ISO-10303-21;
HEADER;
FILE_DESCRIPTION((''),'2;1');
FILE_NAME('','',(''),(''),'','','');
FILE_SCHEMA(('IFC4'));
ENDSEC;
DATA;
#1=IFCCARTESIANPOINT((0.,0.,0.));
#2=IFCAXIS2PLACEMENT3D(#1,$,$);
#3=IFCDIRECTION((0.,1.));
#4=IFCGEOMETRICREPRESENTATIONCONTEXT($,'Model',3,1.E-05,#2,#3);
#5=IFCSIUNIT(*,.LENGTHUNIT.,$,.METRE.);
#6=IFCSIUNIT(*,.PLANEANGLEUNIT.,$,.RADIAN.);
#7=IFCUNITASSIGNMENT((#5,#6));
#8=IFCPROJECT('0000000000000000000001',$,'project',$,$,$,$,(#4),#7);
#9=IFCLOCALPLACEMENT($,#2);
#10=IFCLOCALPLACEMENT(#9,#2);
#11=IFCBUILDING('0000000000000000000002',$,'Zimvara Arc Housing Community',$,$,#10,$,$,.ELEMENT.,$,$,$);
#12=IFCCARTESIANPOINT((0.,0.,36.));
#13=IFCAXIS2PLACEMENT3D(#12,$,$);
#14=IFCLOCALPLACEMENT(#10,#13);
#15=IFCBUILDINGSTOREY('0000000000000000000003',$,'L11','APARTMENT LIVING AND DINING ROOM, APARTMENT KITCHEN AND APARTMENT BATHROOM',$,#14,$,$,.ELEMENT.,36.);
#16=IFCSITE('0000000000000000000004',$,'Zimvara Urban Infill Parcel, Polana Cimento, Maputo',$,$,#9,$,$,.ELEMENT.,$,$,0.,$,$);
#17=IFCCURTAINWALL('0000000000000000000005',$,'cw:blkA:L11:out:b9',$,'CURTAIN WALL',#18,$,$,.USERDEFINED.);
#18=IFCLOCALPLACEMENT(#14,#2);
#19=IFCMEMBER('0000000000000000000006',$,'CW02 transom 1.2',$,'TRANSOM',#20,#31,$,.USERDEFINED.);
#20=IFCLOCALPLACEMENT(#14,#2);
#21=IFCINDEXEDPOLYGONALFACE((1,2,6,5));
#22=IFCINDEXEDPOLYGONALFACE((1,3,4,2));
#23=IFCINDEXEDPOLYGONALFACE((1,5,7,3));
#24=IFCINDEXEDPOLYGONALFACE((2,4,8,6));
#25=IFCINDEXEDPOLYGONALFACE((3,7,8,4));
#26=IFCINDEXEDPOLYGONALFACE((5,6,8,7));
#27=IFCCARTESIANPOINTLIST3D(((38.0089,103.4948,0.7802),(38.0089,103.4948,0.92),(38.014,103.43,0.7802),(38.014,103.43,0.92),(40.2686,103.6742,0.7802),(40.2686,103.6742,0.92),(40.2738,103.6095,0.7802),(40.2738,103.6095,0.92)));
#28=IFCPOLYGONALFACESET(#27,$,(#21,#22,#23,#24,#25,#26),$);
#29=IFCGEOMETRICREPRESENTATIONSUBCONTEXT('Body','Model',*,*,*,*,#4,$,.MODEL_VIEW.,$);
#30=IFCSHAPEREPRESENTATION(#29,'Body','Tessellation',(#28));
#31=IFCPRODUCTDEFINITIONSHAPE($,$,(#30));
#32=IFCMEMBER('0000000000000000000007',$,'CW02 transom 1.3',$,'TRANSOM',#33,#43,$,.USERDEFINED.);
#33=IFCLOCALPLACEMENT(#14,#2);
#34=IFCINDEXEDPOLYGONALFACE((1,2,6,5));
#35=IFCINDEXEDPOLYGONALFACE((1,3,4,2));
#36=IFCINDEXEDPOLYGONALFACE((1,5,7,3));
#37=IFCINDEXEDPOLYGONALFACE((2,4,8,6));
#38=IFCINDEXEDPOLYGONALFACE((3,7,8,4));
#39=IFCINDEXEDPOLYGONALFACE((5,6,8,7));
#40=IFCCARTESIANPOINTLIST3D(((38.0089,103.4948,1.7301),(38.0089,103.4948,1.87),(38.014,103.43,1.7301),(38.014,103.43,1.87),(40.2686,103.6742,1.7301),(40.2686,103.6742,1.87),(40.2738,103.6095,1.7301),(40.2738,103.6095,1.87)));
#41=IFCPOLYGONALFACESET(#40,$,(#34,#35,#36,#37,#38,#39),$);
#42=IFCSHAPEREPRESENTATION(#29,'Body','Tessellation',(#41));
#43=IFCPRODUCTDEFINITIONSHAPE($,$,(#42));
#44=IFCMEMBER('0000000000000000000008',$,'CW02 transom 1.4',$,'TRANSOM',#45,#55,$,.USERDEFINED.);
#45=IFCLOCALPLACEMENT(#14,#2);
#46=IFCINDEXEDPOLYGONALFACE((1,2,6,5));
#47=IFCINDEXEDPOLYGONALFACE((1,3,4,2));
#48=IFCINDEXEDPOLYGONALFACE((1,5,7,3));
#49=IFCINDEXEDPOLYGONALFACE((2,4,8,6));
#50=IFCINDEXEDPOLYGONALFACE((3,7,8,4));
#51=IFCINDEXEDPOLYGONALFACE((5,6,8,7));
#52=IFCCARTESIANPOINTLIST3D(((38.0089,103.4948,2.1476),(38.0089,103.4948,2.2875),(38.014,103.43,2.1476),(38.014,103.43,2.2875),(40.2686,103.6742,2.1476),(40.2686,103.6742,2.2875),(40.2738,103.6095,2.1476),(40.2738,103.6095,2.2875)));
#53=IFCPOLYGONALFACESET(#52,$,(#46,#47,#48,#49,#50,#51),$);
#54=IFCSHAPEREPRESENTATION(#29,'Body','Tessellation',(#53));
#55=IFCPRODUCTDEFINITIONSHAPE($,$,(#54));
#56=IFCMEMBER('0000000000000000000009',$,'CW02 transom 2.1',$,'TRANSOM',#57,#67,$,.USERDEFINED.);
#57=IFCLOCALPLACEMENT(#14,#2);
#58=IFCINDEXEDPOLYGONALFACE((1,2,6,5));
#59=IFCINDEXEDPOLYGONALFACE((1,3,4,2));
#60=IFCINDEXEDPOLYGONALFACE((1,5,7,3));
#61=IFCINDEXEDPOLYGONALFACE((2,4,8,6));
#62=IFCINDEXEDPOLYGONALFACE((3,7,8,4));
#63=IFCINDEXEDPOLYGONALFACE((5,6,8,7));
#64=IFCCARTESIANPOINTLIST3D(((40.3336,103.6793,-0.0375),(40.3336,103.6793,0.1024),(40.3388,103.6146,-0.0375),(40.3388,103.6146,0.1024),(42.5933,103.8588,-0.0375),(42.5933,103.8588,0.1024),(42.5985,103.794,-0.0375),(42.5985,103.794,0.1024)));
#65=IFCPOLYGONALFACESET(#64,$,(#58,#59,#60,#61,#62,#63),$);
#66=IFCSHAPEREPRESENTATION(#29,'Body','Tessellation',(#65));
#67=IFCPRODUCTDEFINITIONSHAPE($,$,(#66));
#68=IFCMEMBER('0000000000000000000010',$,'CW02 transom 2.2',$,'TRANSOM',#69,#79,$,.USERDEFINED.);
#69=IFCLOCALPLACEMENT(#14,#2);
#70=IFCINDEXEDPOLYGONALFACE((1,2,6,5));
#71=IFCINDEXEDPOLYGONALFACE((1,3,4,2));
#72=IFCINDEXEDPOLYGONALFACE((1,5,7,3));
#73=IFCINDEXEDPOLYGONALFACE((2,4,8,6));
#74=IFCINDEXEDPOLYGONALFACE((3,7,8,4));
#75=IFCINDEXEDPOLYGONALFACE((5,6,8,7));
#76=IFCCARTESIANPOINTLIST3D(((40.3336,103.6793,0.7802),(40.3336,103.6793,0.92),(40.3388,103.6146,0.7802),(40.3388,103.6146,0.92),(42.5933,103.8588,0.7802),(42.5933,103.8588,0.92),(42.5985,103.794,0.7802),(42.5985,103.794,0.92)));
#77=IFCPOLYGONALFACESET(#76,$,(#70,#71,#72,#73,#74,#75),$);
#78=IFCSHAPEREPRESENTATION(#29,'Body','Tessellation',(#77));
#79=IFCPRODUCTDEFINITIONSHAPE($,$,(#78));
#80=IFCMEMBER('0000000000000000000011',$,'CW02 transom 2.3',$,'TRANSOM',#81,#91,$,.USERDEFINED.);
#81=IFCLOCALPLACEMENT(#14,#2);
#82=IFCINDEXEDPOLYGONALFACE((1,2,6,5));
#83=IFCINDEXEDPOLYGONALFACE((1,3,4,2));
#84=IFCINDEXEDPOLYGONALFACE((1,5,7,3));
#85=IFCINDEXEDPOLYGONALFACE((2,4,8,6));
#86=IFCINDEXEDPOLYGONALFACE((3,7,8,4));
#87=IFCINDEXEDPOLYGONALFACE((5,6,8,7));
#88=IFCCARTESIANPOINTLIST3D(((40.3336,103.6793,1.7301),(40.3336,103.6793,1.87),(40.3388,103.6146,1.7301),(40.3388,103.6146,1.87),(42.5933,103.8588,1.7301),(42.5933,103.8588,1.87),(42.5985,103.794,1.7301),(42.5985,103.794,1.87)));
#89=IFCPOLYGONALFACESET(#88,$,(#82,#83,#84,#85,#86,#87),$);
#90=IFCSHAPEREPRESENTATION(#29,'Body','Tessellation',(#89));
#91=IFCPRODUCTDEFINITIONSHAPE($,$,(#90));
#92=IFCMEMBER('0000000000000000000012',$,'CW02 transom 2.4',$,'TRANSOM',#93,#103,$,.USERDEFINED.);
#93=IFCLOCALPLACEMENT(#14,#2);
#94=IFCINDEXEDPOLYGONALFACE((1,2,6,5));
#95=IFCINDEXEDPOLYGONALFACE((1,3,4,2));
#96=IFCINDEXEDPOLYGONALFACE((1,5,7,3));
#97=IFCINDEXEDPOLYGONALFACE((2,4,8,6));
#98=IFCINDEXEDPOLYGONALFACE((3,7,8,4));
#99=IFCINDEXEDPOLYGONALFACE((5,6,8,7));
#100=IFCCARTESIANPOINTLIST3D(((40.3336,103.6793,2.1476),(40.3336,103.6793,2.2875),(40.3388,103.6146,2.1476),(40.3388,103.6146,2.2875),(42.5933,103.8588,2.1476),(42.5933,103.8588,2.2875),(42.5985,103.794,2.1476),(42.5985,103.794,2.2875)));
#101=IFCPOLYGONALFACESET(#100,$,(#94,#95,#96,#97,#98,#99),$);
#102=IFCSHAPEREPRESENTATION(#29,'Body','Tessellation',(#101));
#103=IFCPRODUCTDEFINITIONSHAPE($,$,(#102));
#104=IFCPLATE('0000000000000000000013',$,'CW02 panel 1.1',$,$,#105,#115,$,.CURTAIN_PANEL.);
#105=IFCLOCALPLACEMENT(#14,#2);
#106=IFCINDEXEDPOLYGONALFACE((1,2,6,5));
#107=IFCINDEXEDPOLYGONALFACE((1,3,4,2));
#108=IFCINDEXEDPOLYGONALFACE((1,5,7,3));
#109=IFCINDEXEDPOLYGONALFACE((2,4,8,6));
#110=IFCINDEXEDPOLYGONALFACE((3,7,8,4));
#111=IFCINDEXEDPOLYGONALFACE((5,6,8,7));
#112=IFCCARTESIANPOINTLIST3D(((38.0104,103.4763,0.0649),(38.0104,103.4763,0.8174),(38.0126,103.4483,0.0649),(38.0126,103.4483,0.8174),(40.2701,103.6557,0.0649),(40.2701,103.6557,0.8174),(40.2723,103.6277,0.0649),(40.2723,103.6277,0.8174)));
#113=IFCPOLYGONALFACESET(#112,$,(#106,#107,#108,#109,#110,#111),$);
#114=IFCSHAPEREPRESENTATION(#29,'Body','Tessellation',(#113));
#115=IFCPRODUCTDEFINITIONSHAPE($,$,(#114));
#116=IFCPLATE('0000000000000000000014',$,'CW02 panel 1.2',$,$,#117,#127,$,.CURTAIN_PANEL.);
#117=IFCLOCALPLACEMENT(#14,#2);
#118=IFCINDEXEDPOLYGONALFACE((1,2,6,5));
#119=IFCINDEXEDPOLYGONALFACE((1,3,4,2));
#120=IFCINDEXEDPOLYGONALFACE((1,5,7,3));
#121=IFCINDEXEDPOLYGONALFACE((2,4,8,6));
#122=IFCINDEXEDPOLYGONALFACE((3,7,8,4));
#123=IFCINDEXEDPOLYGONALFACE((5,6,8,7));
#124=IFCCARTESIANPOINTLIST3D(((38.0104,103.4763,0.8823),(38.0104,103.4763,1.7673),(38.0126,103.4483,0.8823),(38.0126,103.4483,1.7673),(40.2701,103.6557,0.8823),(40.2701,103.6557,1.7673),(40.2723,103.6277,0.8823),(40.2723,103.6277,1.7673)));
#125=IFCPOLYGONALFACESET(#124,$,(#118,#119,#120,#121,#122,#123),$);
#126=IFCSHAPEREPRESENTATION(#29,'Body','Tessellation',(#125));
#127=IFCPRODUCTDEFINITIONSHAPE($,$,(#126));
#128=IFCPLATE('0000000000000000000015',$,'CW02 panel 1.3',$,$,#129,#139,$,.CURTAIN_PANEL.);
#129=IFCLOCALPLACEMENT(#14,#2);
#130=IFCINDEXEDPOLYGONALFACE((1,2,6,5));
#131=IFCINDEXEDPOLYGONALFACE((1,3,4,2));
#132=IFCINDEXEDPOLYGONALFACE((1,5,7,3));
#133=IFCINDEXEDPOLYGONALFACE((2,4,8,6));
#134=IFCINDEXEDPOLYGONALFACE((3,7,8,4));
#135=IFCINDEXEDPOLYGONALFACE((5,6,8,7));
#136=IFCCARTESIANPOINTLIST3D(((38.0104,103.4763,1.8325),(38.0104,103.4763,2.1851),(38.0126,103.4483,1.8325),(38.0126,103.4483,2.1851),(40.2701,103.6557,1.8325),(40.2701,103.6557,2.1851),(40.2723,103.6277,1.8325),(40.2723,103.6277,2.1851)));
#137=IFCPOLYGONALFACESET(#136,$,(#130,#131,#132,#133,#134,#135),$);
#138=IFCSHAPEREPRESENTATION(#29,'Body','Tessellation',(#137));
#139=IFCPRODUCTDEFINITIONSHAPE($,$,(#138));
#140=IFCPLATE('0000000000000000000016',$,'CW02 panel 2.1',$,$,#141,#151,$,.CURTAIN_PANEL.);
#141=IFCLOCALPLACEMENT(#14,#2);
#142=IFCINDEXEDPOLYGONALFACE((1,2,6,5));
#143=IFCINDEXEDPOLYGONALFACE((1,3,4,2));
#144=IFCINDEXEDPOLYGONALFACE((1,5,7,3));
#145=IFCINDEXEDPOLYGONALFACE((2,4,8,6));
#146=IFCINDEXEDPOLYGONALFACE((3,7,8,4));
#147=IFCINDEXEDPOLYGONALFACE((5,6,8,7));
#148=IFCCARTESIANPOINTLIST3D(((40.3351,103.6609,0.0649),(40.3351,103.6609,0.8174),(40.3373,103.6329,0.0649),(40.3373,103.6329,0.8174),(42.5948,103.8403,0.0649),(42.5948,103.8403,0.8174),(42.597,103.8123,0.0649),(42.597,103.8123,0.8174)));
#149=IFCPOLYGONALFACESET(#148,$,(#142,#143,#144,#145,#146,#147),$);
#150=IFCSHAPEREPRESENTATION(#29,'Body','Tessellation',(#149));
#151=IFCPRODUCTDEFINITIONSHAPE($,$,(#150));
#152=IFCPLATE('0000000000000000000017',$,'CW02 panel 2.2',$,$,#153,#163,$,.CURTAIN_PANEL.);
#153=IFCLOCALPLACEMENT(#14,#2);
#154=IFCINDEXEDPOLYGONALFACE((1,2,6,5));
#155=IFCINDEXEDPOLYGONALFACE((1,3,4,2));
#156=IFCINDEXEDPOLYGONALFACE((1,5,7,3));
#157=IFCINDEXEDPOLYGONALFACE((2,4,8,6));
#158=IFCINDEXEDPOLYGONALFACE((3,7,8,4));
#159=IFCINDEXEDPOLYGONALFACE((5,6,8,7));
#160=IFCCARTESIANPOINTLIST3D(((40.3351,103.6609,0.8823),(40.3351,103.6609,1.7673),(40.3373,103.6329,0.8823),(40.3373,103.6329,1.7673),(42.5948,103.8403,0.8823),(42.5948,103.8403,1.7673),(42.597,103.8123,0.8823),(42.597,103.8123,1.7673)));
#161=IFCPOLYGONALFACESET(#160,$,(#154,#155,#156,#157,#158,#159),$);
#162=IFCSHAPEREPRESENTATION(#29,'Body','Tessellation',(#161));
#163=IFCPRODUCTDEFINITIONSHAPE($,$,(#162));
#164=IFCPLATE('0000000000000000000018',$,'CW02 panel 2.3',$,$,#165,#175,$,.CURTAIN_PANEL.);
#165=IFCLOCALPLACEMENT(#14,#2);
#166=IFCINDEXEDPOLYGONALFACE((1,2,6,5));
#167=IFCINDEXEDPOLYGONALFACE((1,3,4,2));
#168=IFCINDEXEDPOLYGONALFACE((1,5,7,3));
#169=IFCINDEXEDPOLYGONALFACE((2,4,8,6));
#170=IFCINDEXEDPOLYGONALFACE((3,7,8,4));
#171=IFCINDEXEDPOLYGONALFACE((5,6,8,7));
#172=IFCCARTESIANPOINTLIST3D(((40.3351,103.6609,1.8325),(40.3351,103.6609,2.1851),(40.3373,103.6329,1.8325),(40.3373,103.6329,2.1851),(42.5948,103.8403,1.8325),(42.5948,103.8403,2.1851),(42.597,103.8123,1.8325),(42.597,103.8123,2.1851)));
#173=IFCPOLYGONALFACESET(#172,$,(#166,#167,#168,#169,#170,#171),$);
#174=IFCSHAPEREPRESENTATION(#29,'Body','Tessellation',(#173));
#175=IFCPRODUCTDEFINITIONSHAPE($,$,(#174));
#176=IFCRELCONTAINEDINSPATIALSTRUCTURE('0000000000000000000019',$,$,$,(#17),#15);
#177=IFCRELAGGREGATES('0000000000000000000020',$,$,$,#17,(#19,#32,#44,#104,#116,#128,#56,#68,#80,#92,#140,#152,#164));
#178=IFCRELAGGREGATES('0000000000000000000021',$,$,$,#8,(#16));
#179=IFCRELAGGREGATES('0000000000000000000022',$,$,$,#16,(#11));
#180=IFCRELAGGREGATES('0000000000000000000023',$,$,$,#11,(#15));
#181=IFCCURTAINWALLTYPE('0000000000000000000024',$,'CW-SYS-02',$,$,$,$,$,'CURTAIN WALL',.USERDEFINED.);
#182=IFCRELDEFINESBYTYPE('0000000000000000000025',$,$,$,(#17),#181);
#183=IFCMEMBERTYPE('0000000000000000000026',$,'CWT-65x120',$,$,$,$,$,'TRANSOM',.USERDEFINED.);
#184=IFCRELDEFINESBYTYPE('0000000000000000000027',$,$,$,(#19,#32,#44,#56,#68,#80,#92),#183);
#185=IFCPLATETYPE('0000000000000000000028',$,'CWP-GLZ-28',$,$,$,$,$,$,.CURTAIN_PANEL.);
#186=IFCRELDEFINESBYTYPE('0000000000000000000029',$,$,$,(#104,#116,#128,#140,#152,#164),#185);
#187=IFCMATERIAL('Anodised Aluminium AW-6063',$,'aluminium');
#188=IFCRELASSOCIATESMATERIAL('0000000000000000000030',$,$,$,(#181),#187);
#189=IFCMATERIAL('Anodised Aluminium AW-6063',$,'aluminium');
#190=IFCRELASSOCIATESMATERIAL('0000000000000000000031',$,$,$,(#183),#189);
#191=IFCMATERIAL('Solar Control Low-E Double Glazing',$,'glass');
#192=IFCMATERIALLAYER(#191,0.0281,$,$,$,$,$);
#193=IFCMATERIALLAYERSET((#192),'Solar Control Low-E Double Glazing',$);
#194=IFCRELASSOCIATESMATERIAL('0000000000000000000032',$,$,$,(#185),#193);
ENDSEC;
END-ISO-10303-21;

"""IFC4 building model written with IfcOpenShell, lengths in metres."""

from ifc_helpers import new_model, si_unit, direction, frame, origin, origin_2d, place, context, subcontext, project, spatial, rectangle, extrude, material, layer, layer_set, material_profile, profile_set, type_object, element, aggregate, save


model = new_model("IFC4")

# Units and contexts
model_context = context("Model", 3, precision=1e-05, world=origin(), true_north=direction((0.0, 1.0)))
body_context = subcontext(model_context, "Body", "Model", "MODEL_VIEW")
ifc_project = project(units=[si_unit("LENGTHUNIT", "METRE"), si_unit("PLANEANGLEUNIT", "RADIAN")], contexts=[model_context])

# Site, building, storey
site_placement = place(None, origin())
site = spatial("IfcSite", under=ifc_project, at=site_placement, Name="Zimvara Urban Infill Parcel, Polana Cimento, Maputo", CompositionType="ELEMENT", RefElevation=0.0)
building_placement = place(site_placement, origin())
building = spatial("IfcBuilding", under=site, at=building_placement, Name="Zimvara Arc Housing Community", CompositionType="ELEMENT")
storey_placement = place(building_placement, frame((0.0, 0.0, 36.0)))
storey = spatial("IfcBuildingStorey", under=building, at=storey_placement, Name="L11", Description="APARTMENT LIVING AND DINING ROOM, APARTMENT KITCHEN AND APARTMENT BATHROOM", CompositionType="ELEMENT", Elevation=36.0)

# Curtain wall, members, plates
ifc_material_1 = material(Name="Anodised Aluminium AW-6063", Category="aluminium")
curtain_wall_type = type_object("IfcCurtainWallType", Name="CW-SYS-02", ElementType="CURTAIN WALL", PredefinedType="USERDEFINED", material=ifc_material_1)
curtain_wall_placement = place(storey_placement, origin())
curtain_wall = element("IfcCurtainWall", 1, at=curtain_wall_placement, inside=storey, type_object=curtain_wall_type, Name="cw:blkA:L11:out:b9", ObjectType="CURTAIN WALL", PredefinedType="USERDEFINED")
ifc_material_2 = material(Name="Anodised Aluminium AW-6063", Category="aluminium")
ifc_material_profile_1 = material_profile(ifc_material_2, rectangle(XDim=0.0649, YDim=0.1399, at=origin_2d()), Name="ALU 65x140")
ifc_profile_set_1 = profile_set([ifc_material_profile_1], Name="Anodised Aluminium AW-6063")
member_type_1 = type_object("IfcMemberType", Name="CWT-65x120", ElementType="TRANSOM", PredefinedType="USERDEFINED", material=ifc_profile_set_1)
member_1_placement = place(storey_placement, frame((38.0115, 103.4624, 0.8501), z_axis=(0.996862, 0.079159, 0.0), x_axis=(-0.079159, 0.996862, 0.0)))
member_1 = element("IfcMember", 2, at=member_1_placement, type_object=member_type_1, Name="CW02 transom 1.2", ObjectType="TRANSOM", PredefinedType="USERDEFINED", context=body_context, shape_type="SweptSolid", body=[
    extrude(rectangle(XDim=0.0649, YDim=0.1399, at=origin_2d()), origin(), (0.0, 0.0, 1.0), 2.2668),
])
member_2_placement = place(storey_placement, frame((38.0115, 103.4624, 1.8), z_axis=(0.996862, 0.079159, 0.0), x_axis=(-0.079159, 0.996862, 0.0)))
member_2 = element("IfcMember", 3, at=member_2_placement, type_object=member_type_1, Name="CW02 transom 1.3", ObjectType="TRANSOM", PredefinedType="USERDEFINED", context=body_context, shape_type="SweptSolid", body=[
    extrude(rectangle(XDim=0.0649, YDim=0.1399, at=origin_2d()), origin(), (0.0, 0.0, 1.0), 2.2668),
])
member_3_placement = place(storey_placement, frame((38.0115, 103.4624, 2.2175), z_axis=(0.996862, 0.079159, 0.0), x_axis=(-0.079159, 0.996862, 0.0)))
member_3 = element("IfcMember", 4, at=member_3_placement, type_object=member_type_1, Name="CW02 transom 1.4", ObjectType="TRANSOM", PredefinedType="USERDEFINED", context=body_context, shape_type="SweptSolid", body=[
    extrude(rectangle(XDim=0.0649, YDim=0.1399, at=origin_2d()), origin(), (0.0, 0.0, 1.0), 2.2668),
])
member_4_placement = place(storey_placement, frame((40.3362, 103.647, 0.0325), z_axis=(0.996862, 0.079159, 0.0), x_axis=(-0.079159, 0.996862, 0.0)))
member_4 = element("IfcMember", 5, at=member_4_placement, type_object=member_type_1, Name="CW02 transom 2.1", ObjectType="TRANSOM", PredefinedType="USERDEFINED", context=body_context, shape_type="SweptSolid", body=[
    extrude(rectangle(XDim=0.0649, YDim=0.1399, at=origin_2d()), origin(), (0.0, 0.0, 1.0), 2.2668),
])
member_5_placement = place(storey_placement, frame((40.3362, 103.647, 0.8501), z_axis=(0.996862, 0.079159, 0.0), x_axis=(-0.079159, 0.996862, 0.0)))
member_5 = element("IfcMember", 6, at=member_5_placement, type_object=member_type_1, Name="CW02 transom 2.2", ObjectType="TRANSOM", PredefinedType="USERDEFINED", context=body_context, shape_type="SweptSolid", body=[
    extrude(rectangle(XDim=0.0649, YDim=0.1399, at=origin_2d()), origin(), (0.0, 0.0, 1.0), 2.2668),
])
member_6_placement = place(storey_placement, frame((40.3362, 103.647, 1.8), z_axis=(0.996862, 0.079159, 0.0), x_axis=(-0.079159, 0.996862, 0.0)))
member_6 = element("IfcMember", 7, at=member_6_placement, type_object=member_type_1, Name="CW02 transom 2.3", ObjectType="TRANSOM", PredefinedType="USERDEFINED", context=body_context, shape_type="SweptSolid", body=[
    extrude(rectangle(XDim=0.0649, YDim=0.1399, at=origin_2d()), origin(), (0.0, 0.0, 1.0), 2.2668),
])
member_7_placement = place(storey_placement, frame((40.3362, 103.647, 2.2175), z_axis=(0.996862, 0.079159, 0.0), x_axis=(-0.079159, 0.996862, 0.0)))
member_7 = element("IfcMember", 8, at=member_7_placement, type_object=member_type_1, Name="CW02 transom 2.4", ObjectType="TRANSOM", PredefinedType="USERDEFINED", context=body_context, shape_type="SweptSolid", body=[
    extrude(rectangle(XDim=0.0649, YDim=0.1399, at=origin_2d()), origin(), (0.0, 0.0, 1.0), 2.2668),
])
ifc_material_3 = material(Name="Solar Control Low-E Double Glazing", Category="glass")
ifc_layer_1 = layer(ifc_material_3, 0.0281)
ifc_layer_set_1 = layer_set([ifc_layer_1], Name="Solar Control Low-E Double Glazing")
plate_type = type_object("IfcPlateType", Name="CWP-GLZ-28", PredefinedType="CURTAIN_PANEL", material=ifc_layer_set_1)
plate_1_placement = place(storey_placement, frame((39.1414, 103.552, 0.0649), z_axis=(0.0, 0.0, 1.0), x_axis=(0.996862, 0.079154, 0.0)))
plate_1 = element("IfcPlate", 9, at=plate_1_placement, type_object=plate_type, Name="CW02 panel 1.1", PredefinedType="CURTAIN_PANEL", context=body_context, shape_type="SweptSolid", body=[
    extrude(rectangle(XDim=2.2668, YDim=0.0281, at=origin_2d()), origin(), (0.0, 0.0, 1.0), 0.7524),
])
plate_2_placement = place(storey_placement, frame((39.1414, 103.552, 0.8823), z_axis=(0.0, 0.0, 1.0), x_axis=(0.996862, 0.079154, 0.0)))
plate_2 = element("IfcPlate", 10, at=plate_2_placement, type_object=plate_type, Name="CW02 panel 1.2", PredefinedType="CURTAIN_PANEL", context=body_context, shape_type="SweptSolid", body=[
    extrude(rectangle(XDim=2.2668, YDim=0.0281, at=origin_2d()), origin(), (0.0, 0.0, 1.0), 0.885),
])
plate_3_placement = place(storey_placement, frame((39.1414, 103.552, 1.8325), z_axis=(0.0, 0.0, 1.0), x_axis=(0.996862, 0.079154, 0.0)))
plate_3 = element("IfcPlate", 11, at=plate_3_placement, type_object=plate_type, Name="CW02 panel 1.3", PredefinedType="CURTAIN_PANEL", context=body_context, shape_type="SweptSolid", body=[
    extrude(rectangle(XDim=2.2668, YDim=0.0281, at=origin_2d()), origin(), (0.0, 0.0, 1.0), 0.3525),
])
plate_4_placement = place(storey_placement, frame((41.4661, 103.7366, 0.0649), z_axis=(0.0, 0.0, 1.0), x_axis=(0.996862, 0.079154, 0.0)))
plate_4 = element("IfcPlate", 12, at=plate_4_placement, type_object=plate_type, Name="CW02 panel 2.1", PredefinedType="CURTAIN_PANEL", context=body_context, shape_type="SweptSolid", body=[
    extrude(rectangle(XDim=2.2668, YDim=0.0281, at=origin_2d()), origin(), (0.0, 0.0, 1.0), 0.7524),
])
plate_5_placement = place(storey_placement, frame((41.4661, 103.7366, 0.8823), z_axis=(0.0, 0.0, 1.0), x_axis=(0.996862, 0.079154, 0.0)))
plate_5 = element("IfcPlate", 13, at=plate_5_placement, type_object=plate_type, Name="CW02 panel 2.2", PredefinedType="CURTAIN_PANEL", context=body_context, shape_type="SweptSolid", body=[
    extrude(rectangle(XDim=2.2668, YDim=0.0281, at=origin_2d()), origin(), (0.0, 0.0, 1.0), 0.885),
])
plate_6_placement = place(storey_placement, frame((41.4661, 103.7366, 1.8325), z_axis=(0.0, 0.0, 1.0), x_axis=(0.996862, 0.079154, 0.0)))
plate_6 = element("IfcPlate", 14, at=plate_6_placement, type_object=plate_type, Name="CW02 panel 2.3", PredefinedType="CURTAIN_PANEL", context=body_context, shape_type="SweptSolid", body=[
    extrude(rectangle(XDim=2.2668, YDim=0.0281, at=origin_2d()), origin(), (0.0, 0.0, 1.0), 0.3525),
])
aggregate(curtain_wall, [member_1, member_2, member_3, plate_1, plate_2, plate_3, member_4, member_5, member_6, member_7, plate_4, plate_5, plate_6])

save(model, "model.ifc")
